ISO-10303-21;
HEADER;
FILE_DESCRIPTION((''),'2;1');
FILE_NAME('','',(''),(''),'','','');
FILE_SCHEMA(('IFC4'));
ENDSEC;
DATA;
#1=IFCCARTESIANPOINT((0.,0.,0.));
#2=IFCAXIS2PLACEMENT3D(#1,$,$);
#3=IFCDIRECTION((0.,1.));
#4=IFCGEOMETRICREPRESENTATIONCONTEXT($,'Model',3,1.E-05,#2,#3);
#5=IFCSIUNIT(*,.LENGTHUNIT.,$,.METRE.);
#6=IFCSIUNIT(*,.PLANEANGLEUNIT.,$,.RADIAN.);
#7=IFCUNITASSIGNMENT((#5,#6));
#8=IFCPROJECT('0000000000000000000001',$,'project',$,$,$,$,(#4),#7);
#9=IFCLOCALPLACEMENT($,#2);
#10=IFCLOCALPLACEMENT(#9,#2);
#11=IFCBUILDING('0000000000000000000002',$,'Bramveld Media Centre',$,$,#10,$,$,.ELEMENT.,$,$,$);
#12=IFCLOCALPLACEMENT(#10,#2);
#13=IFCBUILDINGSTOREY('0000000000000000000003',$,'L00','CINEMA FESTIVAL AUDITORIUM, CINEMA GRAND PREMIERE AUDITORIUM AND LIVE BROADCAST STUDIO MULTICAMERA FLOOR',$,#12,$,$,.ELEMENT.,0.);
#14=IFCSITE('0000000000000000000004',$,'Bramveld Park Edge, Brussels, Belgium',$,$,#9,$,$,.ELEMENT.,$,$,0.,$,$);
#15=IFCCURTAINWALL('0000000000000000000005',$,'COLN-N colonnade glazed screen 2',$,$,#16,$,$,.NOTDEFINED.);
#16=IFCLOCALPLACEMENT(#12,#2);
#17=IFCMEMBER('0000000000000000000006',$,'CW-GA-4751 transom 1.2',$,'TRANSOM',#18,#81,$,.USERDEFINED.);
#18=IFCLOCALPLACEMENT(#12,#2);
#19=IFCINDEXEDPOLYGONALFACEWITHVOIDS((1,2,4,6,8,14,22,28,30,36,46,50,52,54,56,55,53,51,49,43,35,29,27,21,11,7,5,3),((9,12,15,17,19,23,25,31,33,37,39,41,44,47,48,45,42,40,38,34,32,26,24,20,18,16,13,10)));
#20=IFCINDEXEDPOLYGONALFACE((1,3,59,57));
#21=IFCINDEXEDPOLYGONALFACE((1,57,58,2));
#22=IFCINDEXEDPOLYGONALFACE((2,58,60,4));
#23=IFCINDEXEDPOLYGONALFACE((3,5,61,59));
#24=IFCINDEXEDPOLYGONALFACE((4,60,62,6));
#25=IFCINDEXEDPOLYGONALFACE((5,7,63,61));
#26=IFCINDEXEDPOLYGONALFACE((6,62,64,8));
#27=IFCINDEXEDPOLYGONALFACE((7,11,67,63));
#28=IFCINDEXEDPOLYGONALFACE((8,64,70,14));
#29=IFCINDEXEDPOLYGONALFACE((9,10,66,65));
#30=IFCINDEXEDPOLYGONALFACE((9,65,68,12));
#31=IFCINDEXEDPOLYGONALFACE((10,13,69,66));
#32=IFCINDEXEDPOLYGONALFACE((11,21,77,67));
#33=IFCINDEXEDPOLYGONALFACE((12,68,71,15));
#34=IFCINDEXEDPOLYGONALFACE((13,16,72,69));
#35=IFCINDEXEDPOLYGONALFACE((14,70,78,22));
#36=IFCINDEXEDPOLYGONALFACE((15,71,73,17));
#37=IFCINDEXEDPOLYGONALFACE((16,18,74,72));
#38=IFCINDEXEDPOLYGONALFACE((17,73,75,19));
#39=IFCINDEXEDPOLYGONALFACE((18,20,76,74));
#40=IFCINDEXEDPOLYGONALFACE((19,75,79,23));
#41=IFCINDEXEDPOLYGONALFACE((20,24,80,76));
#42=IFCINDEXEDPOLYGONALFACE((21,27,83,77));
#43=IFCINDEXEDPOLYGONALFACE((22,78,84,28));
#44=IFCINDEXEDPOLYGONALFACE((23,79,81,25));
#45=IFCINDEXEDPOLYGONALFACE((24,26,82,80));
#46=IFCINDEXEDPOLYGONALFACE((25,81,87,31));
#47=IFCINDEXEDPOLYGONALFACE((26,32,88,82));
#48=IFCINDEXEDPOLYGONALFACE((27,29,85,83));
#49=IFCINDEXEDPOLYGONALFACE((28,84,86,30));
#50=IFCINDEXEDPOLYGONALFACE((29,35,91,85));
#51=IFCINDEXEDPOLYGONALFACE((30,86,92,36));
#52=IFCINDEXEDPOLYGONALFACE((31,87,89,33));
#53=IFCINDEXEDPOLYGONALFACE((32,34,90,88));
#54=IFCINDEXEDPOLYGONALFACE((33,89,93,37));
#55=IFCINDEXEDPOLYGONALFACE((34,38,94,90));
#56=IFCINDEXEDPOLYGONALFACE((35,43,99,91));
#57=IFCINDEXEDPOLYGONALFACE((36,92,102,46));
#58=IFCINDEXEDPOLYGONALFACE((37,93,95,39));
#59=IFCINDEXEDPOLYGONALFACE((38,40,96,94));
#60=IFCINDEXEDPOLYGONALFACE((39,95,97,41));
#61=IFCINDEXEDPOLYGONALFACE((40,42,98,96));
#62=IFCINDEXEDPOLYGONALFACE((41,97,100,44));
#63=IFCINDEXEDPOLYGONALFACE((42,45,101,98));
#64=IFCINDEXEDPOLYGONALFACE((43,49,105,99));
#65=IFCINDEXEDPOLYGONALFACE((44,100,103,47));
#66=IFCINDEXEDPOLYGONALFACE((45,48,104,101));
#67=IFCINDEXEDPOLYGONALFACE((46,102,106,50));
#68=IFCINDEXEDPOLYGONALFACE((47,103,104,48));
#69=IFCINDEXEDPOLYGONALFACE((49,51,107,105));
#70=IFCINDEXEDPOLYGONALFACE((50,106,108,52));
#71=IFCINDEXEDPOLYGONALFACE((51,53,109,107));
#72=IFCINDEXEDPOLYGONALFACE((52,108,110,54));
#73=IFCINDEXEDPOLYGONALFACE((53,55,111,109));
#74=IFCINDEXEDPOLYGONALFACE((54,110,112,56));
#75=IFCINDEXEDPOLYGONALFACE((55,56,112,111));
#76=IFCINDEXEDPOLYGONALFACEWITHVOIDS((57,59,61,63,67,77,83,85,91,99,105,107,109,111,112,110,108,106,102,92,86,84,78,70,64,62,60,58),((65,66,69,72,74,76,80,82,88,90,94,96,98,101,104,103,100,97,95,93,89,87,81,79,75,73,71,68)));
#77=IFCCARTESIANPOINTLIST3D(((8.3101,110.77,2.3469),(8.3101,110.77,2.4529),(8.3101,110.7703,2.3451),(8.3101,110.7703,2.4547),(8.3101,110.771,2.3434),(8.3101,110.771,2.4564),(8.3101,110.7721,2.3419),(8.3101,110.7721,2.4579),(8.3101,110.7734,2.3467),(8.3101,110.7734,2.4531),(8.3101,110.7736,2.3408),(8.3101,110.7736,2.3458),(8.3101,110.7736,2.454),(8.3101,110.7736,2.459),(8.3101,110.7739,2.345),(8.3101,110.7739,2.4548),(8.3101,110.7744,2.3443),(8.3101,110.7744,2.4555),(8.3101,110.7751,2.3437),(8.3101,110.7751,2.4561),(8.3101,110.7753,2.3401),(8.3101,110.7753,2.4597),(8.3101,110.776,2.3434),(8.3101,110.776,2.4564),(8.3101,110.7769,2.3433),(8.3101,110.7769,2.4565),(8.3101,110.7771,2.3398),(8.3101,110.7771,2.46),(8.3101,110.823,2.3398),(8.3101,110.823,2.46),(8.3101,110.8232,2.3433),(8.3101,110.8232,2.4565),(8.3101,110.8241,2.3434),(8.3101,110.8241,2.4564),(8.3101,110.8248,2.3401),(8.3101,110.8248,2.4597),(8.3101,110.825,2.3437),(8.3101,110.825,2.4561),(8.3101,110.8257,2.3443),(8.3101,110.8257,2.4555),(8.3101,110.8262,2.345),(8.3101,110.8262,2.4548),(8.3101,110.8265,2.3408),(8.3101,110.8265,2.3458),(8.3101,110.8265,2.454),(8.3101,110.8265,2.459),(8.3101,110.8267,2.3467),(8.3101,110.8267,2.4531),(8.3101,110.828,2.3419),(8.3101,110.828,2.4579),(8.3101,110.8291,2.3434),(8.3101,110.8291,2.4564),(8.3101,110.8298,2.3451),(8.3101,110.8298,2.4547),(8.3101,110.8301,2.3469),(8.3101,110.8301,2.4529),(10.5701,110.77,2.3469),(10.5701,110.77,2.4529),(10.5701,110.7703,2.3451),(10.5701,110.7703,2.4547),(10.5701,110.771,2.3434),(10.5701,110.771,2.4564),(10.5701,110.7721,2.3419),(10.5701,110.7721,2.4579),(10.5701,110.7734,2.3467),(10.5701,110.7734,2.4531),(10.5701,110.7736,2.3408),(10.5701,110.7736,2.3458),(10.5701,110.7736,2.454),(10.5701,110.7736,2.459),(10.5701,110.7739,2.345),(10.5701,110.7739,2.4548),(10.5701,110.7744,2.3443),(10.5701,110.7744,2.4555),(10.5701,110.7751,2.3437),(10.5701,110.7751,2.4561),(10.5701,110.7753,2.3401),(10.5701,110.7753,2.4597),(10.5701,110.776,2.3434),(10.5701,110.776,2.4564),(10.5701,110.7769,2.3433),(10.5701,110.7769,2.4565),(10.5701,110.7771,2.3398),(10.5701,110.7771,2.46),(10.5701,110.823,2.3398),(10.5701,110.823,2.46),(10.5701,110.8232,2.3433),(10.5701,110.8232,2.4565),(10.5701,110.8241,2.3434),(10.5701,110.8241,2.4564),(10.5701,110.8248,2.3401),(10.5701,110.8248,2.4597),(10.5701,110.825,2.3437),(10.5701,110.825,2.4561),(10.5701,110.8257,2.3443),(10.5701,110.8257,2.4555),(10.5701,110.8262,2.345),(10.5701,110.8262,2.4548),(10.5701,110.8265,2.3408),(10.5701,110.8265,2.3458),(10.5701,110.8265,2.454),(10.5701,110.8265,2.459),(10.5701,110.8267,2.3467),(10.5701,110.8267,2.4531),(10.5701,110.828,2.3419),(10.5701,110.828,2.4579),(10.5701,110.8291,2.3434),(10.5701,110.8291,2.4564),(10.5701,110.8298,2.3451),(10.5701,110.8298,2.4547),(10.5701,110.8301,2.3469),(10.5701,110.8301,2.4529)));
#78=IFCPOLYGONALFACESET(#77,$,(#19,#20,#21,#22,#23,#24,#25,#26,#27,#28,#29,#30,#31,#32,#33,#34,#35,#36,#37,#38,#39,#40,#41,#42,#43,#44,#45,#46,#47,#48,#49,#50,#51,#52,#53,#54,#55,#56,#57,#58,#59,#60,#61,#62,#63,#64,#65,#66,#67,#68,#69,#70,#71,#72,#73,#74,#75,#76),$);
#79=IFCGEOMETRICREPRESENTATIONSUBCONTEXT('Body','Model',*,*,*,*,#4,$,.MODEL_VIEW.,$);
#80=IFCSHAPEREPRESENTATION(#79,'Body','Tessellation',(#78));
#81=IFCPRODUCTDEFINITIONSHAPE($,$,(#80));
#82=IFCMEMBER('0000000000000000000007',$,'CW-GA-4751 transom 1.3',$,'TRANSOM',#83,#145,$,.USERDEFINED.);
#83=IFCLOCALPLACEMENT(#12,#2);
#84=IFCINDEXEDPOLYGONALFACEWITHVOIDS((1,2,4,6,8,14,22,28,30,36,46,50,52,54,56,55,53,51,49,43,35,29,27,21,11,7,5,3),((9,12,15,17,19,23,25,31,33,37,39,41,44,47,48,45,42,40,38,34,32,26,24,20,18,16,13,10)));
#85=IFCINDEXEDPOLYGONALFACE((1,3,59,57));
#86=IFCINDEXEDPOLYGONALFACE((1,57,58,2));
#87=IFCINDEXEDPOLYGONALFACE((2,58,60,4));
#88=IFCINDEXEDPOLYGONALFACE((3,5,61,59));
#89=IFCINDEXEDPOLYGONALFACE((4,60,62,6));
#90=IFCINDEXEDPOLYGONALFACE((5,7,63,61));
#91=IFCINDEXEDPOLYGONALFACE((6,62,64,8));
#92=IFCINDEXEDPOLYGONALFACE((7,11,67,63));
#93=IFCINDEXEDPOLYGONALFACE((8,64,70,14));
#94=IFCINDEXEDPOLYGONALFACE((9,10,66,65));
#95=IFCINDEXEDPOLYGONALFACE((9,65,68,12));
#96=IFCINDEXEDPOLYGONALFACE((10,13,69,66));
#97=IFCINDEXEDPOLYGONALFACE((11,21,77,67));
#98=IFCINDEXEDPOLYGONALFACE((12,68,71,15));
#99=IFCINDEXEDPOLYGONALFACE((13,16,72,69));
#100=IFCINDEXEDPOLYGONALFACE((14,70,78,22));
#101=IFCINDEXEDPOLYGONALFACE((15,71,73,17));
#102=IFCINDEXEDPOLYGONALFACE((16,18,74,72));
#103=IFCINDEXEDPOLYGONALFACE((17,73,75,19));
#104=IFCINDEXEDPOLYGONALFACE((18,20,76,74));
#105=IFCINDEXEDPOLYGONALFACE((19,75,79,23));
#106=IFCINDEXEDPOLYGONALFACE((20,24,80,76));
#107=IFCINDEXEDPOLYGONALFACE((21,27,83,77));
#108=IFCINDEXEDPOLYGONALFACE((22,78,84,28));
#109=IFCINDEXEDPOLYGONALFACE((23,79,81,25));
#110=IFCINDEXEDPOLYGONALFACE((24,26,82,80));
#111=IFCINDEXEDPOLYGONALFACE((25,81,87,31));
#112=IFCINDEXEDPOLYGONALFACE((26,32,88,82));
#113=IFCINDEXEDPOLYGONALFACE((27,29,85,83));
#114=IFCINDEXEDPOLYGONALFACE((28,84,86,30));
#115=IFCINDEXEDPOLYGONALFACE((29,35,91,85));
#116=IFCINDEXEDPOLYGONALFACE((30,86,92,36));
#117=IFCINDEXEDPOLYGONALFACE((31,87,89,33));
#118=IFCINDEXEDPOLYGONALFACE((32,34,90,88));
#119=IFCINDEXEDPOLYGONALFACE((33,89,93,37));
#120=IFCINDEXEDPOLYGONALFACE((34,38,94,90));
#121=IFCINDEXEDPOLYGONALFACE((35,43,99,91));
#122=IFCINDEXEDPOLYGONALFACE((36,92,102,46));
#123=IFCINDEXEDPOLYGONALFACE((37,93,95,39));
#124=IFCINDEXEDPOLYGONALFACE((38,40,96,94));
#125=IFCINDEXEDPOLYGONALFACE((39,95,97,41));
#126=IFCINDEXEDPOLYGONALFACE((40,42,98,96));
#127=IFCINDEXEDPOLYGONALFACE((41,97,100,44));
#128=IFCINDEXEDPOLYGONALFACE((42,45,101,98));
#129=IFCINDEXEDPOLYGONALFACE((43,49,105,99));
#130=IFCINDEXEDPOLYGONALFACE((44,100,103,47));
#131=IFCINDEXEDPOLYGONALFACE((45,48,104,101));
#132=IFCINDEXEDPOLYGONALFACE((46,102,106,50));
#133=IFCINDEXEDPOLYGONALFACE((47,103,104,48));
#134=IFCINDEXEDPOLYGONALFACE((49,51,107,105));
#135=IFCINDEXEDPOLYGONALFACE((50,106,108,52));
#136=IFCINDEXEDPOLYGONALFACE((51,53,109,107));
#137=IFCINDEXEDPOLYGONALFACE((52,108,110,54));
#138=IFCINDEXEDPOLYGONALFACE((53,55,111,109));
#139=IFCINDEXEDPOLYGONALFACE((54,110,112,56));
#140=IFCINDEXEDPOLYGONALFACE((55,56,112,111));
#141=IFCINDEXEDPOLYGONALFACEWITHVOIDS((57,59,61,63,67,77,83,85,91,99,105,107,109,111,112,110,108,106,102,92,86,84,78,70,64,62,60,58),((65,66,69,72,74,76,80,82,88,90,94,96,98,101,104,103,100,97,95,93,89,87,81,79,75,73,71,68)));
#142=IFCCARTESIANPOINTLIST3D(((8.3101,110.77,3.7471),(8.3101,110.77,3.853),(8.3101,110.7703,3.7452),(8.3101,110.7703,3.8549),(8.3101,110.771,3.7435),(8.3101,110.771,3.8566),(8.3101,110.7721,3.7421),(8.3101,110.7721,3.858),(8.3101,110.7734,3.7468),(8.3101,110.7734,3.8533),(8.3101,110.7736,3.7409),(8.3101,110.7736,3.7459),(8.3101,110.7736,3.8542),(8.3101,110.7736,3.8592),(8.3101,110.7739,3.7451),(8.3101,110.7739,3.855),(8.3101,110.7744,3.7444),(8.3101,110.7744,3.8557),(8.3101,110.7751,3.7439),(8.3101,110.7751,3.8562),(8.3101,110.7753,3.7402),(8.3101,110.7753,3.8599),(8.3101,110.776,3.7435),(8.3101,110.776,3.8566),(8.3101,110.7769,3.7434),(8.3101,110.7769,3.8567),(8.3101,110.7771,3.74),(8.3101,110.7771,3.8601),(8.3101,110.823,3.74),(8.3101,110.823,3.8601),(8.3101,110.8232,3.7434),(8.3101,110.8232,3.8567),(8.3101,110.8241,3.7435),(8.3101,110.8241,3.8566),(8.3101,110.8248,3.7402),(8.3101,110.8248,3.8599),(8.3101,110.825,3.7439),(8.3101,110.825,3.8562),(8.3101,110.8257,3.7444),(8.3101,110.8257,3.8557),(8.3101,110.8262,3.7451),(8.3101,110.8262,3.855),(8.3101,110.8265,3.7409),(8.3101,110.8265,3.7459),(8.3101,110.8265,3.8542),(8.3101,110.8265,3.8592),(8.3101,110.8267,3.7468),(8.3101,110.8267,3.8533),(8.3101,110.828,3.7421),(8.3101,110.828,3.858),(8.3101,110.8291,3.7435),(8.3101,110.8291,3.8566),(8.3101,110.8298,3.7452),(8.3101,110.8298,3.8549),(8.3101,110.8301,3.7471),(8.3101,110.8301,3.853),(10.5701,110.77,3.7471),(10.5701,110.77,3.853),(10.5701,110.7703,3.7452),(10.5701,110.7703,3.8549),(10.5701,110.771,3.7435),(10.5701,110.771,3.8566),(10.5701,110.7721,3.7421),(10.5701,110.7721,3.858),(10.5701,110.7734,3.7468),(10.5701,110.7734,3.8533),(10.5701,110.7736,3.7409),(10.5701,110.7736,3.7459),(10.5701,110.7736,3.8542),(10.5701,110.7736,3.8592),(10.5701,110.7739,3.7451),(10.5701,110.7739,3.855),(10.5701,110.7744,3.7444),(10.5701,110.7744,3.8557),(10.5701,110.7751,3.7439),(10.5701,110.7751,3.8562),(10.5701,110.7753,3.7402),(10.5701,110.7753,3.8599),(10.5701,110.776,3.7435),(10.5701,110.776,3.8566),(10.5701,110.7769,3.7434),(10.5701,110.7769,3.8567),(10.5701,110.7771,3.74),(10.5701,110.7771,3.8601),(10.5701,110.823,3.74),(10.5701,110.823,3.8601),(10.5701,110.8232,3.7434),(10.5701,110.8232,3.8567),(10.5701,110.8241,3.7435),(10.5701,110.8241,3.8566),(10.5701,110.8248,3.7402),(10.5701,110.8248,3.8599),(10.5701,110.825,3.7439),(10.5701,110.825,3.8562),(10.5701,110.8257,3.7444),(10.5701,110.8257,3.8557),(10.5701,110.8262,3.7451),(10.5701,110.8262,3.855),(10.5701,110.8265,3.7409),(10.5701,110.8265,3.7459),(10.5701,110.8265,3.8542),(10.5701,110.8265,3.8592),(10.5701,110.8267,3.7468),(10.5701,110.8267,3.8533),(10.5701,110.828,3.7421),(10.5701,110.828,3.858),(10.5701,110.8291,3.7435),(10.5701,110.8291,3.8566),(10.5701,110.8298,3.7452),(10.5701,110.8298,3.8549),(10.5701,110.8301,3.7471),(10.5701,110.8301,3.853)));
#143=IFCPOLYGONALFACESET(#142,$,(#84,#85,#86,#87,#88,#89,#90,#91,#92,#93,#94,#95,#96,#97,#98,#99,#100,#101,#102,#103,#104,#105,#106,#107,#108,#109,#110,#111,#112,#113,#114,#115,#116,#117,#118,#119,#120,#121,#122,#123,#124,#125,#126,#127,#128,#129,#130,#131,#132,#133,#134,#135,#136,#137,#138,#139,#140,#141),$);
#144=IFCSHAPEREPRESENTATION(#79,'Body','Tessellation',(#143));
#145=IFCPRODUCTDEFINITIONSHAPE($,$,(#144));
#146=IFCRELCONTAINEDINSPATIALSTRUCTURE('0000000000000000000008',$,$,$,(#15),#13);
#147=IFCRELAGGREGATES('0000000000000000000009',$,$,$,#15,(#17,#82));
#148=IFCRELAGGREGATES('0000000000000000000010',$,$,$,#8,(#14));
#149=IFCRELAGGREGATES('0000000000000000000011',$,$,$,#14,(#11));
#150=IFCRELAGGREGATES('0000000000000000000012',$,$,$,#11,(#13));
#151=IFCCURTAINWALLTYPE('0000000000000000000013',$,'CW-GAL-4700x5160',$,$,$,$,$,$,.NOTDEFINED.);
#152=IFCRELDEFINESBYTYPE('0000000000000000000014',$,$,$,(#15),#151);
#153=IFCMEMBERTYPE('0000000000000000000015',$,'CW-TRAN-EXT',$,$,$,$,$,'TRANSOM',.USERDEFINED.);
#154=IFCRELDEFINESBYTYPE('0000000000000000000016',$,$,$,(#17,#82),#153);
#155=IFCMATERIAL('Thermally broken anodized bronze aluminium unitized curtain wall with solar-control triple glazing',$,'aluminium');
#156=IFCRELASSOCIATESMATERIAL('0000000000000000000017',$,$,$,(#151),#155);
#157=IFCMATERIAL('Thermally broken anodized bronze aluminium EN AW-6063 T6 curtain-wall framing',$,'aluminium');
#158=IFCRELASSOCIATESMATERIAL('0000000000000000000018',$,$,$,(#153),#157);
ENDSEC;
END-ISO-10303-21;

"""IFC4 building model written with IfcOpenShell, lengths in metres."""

from ifc_helpers import new_model, si_unit, direction, frame, origin, origin_2d, place, context, subcontext, project, spatial, hollow_rectangle, extrude, material, material_profile, profile_set, type_object, element, aggregate, save


model = new_model("IFC4")

# Units and contexts
model_context = context("Model", 3, precision=1e-05, world=origin(), true_north=direction((0.0, 1.0)))
body_context = subcontext(model_context, "Body", "Model", "MODEL_VIEW")
ifc_project = project(units=[si_unit("LENGTHUNIT", "METRE"), si_unit("PLANEANGLEUNIT", "RADIAN")], contexts=[model_context])

# Site, building, storey
site_placement = place(None, origin())
site = spatial("IfcSite", under=ifc_project, at=site_placement, Name="Bramveld Park Edge, Brussels, Belgium", CompositionType="ELEMENT", RefElevation=0.0)
building_placement = place(site_placement, origin())
building = spatial("IfcBuilding", under=site, at=building_placement, Name="Bramveld Media Centre", CompositionType="ELEMENT")
storey_placement = place(building_placement, origin())
storey = spatial("IfcBuildingStorey", under=building, at=storey_placement, Name="L00", Description="CINEMA FESTIVAL AUDITORIUM, CINEMA GRAND PREMIERE AUDITORIUM AND LIVE BROADCAST STUDIO MULTICAMERA FLOOR", CompositionType="ELEMENT", Elevation=0.0)

# Curtain wall
ifc_material_1 = material(Name="Thermally broken anodized bronze aluminium unitized curtain wall with solar-control triple glazing", Category="aluminium")
curtain_wall_type_1 = type_object("IfcCurtainWallType", Name="CW-GAL-4700x5160", PredefinedType="NOTDEFINED", material=ifc_material_1)
curtain_wall_1_placement = place(storey_placement, origin())
curtain_wall_1 = element("IfcCurtainWall", 1, at=curtain_wall_1_placement, inside=storey, type_object=curtain_wall_type_1, Name="COLN-N colonnade glazed screen 2", PredefinedType="NOTDEFINED")

# Members
ifc_material_2 = material(Name="Thermally broken anodized bronze aluminium EN AW-6063 T6 curtain-wall framing", Category="aluminium")
ifc_material_profile_1 = material_profile(ifc_material_2, hollow_rectangle(XDim=0.0601, YDim=0.1201, WallThickness=0.0034, InnerFilletRadius=0.0034, OuterFilletRadius=0.0071, at=origin_2d()), Name="AL-TRAN 60x120")
ifc_profile_set_1 = profile_set([ifc_material_profile_1], Name="Thermally broken anodized bronze aluminium EN AW-6063 T6 curtain-wall framing")
member_type_1 = type_object("IfcMemberType", Name="CW-TRAN-EXT", ElementType="TRANSOM", PredefinedType="USERDEFINED", material=ifc_profile_set_1)
member_1_placement = place(storey_placement, frame((8.3101, 110.8, 2.3999), z_axis=(1.0, 0.0, 0.0), x_axis=(0.0, 1.0, 0.0)))
member_1 = element("IfcMember", 2, at=member_1_placement, type_object=member_type_1, Name="CW-GA-4751 transom 1.2", ObjectType="TRANSOM", PredefinedType="USERDEFINED", context=body_context, shape_type="SweptSolid", body=[
    extrude(hollow_rectangle(XDim=0.0601, YDim=0.1201, WallThickness=0.0034, InnerFilletRadius=0.0034, OuterFilletRadius=0.0071, at=origin_2d()), origin(), (0.0, 0.0, 1.0), 2.26),
])
member_2_placement = place(storey_placement, frame((8.3101, 110.8, 3.8), z_axis=(1.0, 0.0, 0.0), x_axis=(0.0, 1.0, 0.0)))
member_2 = element("IfcMember", 3, at=member_2_placement, type_object=member_type_1, Name="CW-GA-4751 transom 1.3", ObjectType="TRANSOM", PredefinedType="USERDEFINED", context=body_context, shape_type="SweptSolid", body=[
    extrude(hollow_rectangle(XDim=0.0601, YDim=0.1201, WallThickness=0.0034, InnerFilletRadius=0.0034, OuterFilletRadius=0.0071, at=origin_2d()), origin(), (0.0, 0.0, 1.0), 2.26),
])
aggregate(curtain_wall_1, [member_1, member_2])

save(model, "model.ifc")
